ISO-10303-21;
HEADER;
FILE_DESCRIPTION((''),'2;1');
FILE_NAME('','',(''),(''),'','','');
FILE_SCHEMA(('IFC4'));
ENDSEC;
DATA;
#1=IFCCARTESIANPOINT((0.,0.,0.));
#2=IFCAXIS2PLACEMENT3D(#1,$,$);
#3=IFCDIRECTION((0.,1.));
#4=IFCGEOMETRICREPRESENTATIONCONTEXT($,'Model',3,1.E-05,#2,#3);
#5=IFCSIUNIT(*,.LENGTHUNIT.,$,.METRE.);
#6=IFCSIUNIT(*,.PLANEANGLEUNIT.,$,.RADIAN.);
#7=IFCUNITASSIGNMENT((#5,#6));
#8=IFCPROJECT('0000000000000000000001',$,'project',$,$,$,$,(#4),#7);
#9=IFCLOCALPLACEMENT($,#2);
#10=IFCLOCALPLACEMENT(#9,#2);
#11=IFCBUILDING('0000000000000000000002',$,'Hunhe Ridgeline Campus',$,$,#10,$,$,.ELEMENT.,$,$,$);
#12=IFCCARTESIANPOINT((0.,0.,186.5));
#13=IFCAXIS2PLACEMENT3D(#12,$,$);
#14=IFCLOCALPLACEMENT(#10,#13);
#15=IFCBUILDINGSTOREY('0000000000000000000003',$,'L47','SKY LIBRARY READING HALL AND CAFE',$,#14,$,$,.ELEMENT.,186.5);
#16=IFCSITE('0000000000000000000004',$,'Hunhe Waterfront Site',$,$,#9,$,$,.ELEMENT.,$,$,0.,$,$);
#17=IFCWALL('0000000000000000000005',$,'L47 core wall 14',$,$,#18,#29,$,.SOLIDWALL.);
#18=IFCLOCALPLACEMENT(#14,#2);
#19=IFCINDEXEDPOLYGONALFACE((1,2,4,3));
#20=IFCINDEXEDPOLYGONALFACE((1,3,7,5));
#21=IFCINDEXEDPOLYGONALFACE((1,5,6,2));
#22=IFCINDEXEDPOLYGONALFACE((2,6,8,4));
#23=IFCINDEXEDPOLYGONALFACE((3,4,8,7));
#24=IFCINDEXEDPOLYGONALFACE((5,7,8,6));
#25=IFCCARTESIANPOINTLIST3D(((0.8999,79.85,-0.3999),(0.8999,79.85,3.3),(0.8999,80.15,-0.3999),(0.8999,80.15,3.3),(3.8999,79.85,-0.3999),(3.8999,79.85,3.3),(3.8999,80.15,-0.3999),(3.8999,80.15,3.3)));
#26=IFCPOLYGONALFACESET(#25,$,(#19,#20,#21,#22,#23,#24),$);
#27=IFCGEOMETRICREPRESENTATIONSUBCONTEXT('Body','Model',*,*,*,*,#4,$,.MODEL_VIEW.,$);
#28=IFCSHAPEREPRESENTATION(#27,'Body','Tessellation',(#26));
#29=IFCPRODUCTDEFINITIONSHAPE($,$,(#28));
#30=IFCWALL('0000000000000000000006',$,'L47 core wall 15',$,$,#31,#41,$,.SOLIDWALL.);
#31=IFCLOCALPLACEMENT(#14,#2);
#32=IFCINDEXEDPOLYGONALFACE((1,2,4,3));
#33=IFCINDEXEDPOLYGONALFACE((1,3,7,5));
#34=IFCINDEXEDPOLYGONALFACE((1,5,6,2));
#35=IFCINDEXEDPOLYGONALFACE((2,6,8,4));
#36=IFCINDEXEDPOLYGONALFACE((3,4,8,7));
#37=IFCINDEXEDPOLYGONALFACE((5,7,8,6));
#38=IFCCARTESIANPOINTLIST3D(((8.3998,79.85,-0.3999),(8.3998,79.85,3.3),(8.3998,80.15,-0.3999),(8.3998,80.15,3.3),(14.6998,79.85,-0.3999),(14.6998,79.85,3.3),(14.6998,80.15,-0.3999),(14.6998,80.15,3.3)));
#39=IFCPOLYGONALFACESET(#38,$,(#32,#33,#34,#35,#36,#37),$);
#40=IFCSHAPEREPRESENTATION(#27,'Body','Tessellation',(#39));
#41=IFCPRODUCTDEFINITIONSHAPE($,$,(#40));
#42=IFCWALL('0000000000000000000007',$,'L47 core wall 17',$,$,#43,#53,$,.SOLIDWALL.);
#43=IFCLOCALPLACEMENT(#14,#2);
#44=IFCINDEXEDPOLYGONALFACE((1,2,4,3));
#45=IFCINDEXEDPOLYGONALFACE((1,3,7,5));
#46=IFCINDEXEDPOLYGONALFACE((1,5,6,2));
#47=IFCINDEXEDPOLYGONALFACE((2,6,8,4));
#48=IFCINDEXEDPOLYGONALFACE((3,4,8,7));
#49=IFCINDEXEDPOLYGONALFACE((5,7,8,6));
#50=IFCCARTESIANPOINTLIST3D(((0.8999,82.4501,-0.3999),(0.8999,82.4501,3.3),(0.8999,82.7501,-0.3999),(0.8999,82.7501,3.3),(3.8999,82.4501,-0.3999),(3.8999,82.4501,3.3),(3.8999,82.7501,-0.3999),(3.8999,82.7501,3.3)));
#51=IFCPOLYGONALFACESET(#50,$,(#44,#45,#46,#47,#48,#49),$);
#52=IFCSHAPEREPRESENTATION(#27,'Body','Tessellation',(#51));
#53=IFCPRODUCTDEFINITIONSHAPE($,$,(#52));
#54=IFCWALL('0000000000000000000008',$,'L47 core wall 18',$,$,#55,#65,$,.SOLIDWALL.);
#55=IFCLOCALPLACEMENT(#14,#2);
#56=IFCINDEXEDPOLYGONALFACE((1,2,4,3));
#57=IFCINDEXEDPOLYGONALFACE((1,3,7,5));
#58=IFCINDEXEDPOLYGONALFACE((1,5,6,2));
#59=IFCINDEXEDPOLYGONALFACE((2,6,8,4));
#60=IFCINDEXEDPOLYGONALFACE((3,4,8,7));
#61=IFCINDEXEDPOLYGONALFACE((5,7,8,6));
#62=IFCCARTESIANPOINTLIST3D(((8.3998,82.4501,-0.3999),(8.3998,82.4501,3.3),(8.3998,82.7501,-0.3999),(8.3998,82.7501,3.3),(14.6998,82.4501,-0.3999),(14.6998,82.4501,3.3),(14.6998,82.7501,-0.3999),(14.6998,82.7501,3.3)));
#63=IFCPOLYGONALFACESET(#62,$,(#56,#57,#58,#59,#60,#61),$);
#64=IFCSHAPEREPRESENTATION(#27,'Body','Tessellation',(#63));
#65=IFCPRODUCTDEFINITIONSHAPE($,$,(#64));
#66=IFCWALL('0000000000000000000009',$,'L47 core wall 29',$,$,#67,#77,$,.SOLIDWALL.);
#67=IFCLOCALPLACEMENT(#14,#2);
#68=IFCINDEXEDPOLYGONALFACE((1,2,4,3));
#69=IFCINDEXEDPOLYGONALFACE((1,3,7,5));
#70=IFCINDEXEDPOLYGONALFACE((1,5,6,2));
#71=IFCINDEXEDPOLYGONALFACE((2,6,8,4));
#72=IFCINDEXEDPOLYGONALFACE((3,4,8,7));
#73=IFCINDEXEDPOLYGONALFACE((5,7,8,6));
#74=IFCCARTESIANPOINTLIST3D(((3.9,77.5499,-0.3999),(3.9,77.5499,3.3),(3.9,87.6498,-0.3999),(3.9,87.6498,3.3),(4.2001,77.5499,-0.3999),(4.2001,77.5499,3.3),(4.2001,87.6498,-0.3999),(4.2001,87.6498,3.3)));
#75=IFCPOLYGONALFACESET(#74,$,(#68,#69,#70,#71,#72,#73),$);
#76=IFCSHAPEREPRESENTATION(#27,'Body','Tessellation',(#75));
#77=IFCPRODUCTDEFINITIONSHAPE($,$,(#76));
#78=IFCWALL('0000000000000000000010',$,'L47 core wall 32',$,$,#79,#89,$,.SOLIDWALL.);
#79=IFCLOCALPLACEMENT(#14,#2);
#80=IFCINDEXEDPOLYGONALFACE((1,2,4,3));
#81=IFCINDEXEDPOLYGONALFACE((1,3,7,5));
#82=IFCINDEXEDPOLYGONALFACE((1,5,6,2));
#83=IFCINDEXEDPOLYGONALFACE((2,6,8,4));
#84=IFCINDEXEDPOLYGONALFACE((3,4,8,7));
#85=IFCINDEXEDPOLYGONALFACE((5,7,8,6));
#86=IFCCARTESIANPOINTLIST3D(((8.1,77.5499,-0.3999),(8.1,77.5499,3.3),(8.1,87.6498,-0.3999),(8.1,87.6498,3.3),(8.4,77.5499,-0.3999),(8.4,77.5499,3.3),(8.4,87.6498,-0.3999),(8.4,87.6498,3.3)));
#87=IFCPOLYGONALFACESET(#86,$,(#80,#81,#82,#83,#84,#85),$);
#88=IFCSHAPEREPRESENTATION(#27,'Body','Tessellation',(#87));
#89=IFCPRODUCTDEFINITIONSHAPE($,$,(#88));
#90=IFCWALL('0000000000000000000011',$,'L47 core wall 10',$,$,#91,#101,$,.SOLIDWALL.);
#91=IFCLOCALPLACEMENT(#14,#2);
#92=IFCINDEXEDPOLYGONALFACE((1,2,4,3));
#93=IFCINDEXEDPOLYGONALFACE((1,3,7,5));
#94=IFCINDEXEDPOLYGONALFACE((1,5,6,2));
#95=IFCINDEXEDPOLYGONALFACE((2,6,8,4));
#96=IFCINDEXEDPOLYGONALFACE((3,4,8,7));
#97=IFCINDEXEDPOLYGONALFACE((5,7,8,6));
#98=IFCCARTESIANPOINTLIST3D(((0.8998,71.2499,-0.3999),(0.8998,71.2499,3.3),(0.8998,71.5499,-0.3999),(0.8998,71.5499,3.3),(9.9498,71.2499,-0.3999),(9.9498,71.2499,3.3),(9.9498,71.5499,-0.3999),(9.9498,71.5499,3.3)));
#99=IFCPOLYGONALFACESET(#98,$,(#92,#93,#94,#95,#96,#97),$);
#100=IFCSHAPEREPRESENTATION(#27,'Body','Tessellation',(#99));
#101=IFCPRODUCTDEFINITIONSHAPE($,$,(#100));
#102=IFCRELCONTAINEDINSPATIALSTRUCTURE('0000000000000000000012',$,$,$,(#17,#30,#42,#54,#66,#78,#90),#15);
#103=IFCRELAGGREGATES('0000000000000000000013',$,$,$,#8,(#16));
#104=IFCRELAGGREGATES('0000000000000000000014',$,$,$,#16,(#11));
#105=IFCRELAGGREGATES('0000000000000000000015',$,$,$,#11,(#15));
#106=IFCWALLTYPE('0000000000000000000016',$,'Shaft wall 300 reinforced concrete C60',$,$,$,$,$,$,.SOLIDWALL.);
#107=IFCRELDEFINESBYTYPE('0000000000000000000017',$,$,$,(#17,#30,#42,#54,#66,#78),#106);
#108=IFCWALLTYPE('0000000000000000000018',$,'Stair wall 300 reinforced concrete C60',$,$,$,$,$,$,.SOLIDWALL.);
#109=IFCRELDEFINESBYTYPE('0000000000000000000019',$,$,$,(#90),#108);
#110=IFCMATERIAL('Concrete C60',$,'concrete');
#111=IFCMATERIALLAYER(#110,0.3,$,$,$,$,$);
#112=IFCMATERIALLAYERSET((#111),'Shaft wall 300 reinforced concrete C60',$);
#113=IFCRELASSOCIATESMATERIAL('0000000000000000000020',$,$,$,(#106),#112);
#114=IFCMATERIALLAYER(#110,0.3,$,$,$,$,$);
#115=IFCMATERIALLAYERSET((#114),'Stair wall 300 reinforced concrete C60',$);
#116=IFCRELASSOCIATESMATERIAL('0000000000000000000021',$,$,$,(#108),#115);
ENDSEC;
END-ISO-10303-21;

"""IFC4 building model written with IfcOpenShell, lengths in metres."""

from ifc_helpers import new_model, si_unit, direction, frame, frame_2d, origin, place, context, subcontext, project, spatial, rectangle, extrude, material, layer, layer_set, type_object, element, save


model = new_model("IFC4")

# Units and contexts
model_context = context("Model", 3, precision=1e-05, world=origin(), true_north=direction((0.0, 1.0)))
body_context = subcontext(model_context, "Body", "Model", "MODEL_VIEW")
ifc_project = project(units=[si_unit("LENGTHUNIT", "METRE"), si_unit("PLANEANGLEUNIT", "RADIAN")], contexts=[model_context])

# Site, building, storey
site_placement = place(None, origin())
site = spatial("IfcSite", under=ifc_project, at=site_placement, Name="Hunhe Waterfront Site", CompositionType="ELEMENT", RefElevation=0.0)
building_placement = place(site_placement, origin())
building = spatial("IfcBuilding", under=site, at=building_placement, Name="Hunhe Ridgeline Campus", CompositionType="ELEMENT")
storey_placement = place(building_placement, frame((0.0, 0.0, 186.5)))
storey = spatial("IfcBuildingStorey", under=building, at=storey_placement, Name="L47", Description="SKY LIBRARY READING HALL AND CAFE", CompositionType="ELEMENT", Elevation=186.5)

# Shared definitions
ifc_material_1 = material(Name="Concrete C60", Category="concrete")
ifc_layer_1 = layer(ifc_material_1, 0.3)
ifc_layer_set_1 = layer_set([ifc_layer_1], Name="Shaft wall 300 reinforced concrete C60")
wall_type_1 = type_object("IfcWallType", Name="Shaft wall 300 reinforced concrete C60", PredefinedType="SOLIDWALL", material=ifc_layer_set_1)

# Walls
wall_1_placement = place(storey_placement, frame((0.8999, 80.0, -0.3999), z_axis=(0.0, 0.0, 1.0), x_axis=(1.0, 0.0, 0.0)))
element("IfcWall", 1, at=wall_1_placement, inside=storey, type_object=wall_type_1, Name="L47 core wall 14", PredefinedType="SOLIDWALL", context=body_context, shape_type="SweptSolid", body=[
    extrude(rectangle(XDim=3.0, YDim=0.3, at=frame_2d((1.5, 0.0))), origin(), (0.0, 0.0, 1.0), 3.7),
])
wall_2_placement = place(storey_placement, frame((8.3999, 80.0, -0.3999), z_axis=(0.0, 0.0, 1.0), x_axis=(1.0, 0.0, 0.0)))
element("IfcWall", 2, at=wall_2_placement, inside=storey, type_object=wall_type_1, Name="L47 core wall 15", PredefinedType="SOLIDWALL", context=body_context, shape_type="SweptSolid", body=[
    extrude(rectangle(XDim=6.3, YDim=0.3, at=frame_2d((3.1499, 0.0))), origin(), (0.0, 0.0, 1.0), 3.7),
])
wall_3_placement = place(storey_placement, frame((0.8999, 82.6001, -0.3999), z_axis=(0.0, 0.0, 1.0), x_axis=(1.0, 0.0, 0.0)))
element("IfcWall", 3, at=wall_3_placement, inside=storey, type_object=wall_type_1, Name="L47 core wall 17", PredefinedType="SOLIDWALL", context=body_context, shape_type="SweptSolid", body=[
    extrude(rectangle(XDim=3.0, YDim=0.3, at=frame_2d((1.5, 0.0))), origin(), (0.0, 0.0, 1.0), 3.7),
])
wall_4_placement = place(storey_placement, frame((8.3999, 82.6001, -0.3999), z_axis=(0.0, 0.0, 1.0), x_axis=(1.0, 0.0, 0.0)))
element("IfcWall", 4, at=wall_4_placement, inside=storey, type_object=wall_type_1, Name="L47 core wall 18", PredefinedType="SOLIDWALL", context=body_context, shape_type="SweptSolid", body=[
    extrude(rectangle(XDim=6.3, YDim=0.3, at=frame_2d((3.1499, 0.0))), origin(), (0.0, 0.0, 1.0), 3.7),
])
for number, where, z_axis, x_axis, name in (
    (5, (4.05, 77.55, -0.3999), (0.0, 0.0, 1.0), (0.0, 1.0, 0.0), "L47 core wall 29"),
    (6, (8.25, 77.55, -0.3999), (0.0, 0.0, 1.0), (0.0, 1.0, 0.0), "L47 core wall 32"),
):
    element("IfcWall", number, at=place(storey_placement, frame(where, z_axis=z_axis, x_axis=x_axis)), inside=storey, type_object=wall_type_1, Name=name, PredefinedType="SOLIDWALL", context=body_context, shape_type="SweptSolid", body=[
        extrude(rectangle(XDim=10.0999, YDim=0.3, at=frame_2d((5.0498, 0.0))), origin(), (0.0, 0.0, 1.0), 3.7),
    ])
ifc_layer_2 = layer(ifc_material_1, 0.3)
ifc_layer_set_2 = layer_set([ifc_layer_2], Name="Stair wall 300 reinforced concrete C60")
wall_type_2 = type_object("IfcWallType", Name="Stair wall 300 reinforced concrete C60", PredefinedType="SOLIDWALL", material=ifc_layer_set_2)
wall_5_placement = place(storey_placement, frame((0.8999, 71.3999, -0.3999), z_axis=(0.0, 0.0, 1.0), x_axis=(1.0, 0.0, 0.0)))
element("IfcWall", 7, at=wall_5_placement, inside=storey, type_object=wall_type_2, Name="L47 core wall 10", PredefinedType="SOLIDWALL", context=body_context, shape_type="SweptSolid", body=[
    extrude(rectangle(XDim=9.05, YDim=0.3, at=frame_2d((4.5249, 0.0))), origin(), (0.0, 0.0, 1.0), 3.7),
])

save(model, "model.ifc")
